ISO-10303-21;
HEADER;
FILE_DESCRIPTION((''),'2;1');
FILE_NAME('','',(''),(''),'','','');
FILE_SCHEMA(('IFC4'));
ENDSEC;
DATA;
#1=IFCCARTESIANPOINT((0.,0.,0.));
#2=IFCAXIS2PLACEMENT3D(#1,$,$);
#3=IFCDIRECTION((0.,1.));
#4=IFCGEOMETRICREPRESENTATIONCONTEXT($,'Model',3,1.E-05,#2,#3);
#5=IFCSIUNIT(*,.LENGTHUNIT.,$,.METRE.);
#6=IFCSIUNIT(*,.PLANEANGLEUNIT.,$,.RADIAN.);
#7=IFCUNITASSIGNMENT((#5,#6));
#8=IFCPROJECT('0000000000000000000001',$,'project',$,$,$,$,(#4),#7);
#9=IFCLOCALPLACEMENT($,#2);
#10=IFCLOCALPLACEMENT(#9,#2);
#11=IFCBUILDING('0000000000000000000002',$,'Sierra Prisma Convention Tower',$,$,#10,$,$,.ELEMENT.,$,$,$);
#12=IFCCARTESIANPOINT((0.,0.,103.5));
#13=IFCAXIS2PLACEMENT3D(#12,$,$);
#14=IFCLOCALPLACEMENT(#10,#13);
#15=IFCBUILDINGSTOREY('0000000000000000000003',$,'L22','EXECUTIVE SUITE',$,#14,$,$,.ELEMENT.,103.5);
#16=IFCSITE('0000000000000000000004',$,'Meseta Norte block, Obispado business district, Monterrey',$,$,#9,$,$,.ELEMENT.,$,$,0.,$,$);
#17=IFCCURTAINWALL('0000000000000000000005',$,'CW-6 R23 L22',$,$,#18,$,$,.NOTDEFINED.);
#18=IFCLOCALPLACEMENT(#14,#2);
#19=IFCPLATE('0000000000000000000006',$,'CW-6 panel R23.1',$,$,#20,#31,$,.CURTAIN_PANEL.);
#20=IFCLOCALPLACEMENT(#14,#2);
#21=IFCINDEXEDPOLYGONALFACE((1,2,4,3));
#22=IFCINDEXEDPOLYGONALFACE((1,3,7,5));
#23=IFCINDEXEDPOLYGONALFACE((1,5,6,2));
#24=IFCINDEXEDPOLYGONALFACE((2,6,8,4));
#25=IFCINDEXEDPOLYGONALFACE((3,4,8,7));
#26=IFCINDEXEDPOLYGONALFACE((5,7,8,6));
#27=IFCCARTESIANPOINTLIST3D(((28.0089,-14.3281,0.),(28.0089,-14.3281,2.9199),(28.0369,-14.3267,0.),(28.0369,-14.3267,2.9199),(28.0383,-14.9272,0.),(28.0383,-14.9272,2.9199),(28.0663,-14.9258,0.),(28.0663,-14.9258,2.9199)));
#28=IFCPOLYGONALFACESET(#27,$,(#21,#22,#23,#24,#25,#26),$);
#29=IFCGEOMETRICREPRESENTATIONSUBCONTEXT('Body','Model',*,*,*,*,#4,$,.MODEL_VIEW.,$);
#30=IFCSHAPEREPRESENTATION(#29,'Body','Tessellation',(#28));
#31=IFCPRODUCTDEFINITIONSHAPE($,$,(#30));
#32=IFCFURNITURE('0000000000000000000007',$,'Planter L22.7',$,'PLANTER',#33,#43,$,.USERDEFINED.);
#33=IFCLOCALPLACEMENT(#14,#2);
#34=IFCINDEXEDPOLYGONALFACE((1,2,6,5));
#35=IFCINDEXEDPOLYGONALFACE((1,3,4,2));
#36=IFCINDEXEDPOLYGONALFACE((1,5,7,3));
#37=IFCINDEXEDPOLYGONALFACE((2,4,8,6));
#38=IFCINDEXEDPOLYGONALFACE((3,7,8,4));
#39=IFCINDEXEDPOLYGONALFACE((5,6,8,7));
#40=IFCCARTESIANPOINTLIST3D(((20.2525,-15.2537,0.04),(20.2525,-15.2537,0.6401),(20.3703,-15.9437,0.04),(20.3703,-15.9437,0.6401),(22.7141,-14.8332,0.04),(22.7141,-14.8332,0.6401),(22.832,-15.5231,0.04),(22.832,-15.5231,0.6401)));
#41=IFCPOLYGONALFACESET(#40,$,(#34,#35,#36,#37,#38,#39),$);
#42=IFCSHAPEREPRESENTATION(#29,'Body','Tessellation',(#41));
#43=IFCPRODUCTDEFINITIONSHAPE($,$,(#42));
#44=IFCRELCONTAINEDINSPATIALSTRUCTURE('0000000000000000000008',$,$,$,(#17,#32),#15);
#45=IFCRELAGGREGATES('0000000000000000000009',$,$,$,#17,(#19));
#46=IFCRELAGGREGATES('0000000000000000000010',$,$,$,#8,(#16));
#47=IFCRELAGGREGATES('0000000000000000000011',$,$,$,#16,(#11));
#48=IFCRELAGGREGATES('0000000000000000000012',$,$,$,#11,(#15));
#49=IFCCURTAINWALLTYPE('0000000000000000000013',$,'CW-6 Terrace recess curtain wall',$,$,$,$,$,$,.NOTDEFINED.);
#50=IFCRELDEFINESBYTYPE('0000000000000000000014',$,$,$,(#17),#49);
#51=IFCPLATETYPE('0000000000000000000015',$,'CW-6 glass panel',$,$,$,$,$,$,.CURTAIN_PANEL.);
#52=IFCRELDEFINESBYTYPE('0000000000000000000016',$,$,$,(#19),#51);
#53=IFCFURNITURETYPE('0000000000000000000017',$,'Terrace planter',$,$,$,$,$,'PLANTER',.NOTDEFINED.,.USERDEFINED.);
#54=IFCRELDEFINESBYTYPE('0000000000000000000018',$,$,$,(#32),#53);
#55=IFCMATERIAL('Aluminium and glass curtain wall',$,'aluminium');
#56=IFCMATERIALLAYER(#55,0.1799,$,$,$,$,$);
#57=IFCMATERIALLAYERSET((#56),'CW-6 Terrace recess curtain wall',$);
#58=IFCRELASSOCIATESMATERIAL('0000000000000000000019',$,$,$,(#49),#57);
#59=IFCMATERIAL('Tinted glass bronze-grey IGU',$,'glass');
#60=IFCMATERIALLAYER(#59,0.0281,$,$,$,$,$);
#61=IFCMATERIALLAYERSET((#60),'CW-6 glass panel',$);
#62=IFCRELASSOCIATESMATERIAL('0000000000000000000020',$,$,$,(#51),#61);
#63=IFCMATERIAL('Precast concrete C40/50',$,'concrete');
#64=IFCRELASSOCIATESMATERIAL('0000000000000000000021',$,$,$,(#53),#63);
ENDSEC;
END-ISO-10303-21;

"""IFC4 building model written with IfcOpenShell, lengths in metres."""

from ifc_helpers import new_model, si_unit, direction, frame, origin, origin_2d, place, context, subcontext, project, spatial, rectangle, extrude, material, layer, layer_set, type_object, element, aggregate, save


model = new_model("IFC4")

# Units and contexts
model_context = context("Model", 3, precision=1e-05, world=origin(), true_north=direction((0.0, 1.0)))
body_context = subcontext(model_context, "Body", "Model", "MODEL_VIEW")
ifc_project = project(units=[si_unit("LENGTHUNIT", "METRE"), si_unit("PLANEANGLEUNIT", "RADIAN")], contexts=[model_context])

# Site, building, storey
site_placement = place(None, origin())
site = spatial("IfcSite", under=ifc_project, at=site_placement, Name="Meseta Norte block, Obispado business district, Monterrey", CompositionType="ELEMENT", RefElevation=0.0)
building_placement = place(site_placement, origin())
building = spatial("IfcBuilding", under=site, at=building_placement, Name="Sierra Prisma Convention Tower", CompositionType="ELEMENT")
storey_placement = place(building_placement, frame((0.0, 0.0, 103.5)))
storey = spatial("IfcBuildingStorey", under=building, at=storey_placement, Name="L22", Description="EXECUTIVE SUITE", CompositionType="ELEMENT", Elevation=103.5)

# Curtain wall
ifc_material_1 = material(Name="Aluminium and glass curtain wall", Category="aluminium")
ifc_layer_1 = layer(ifc_material_1, 0.1799)
ifc_layer_set_1 = layer_set([ifc_layer_1], Name="CW-6 Terrace recess curtain wall")
curtain_wall_type = type_object("IfcCurtainWallType", Name="CW-6 Terrace recess curtain wall", PredefinedType="NOTDEFINED", material=ifc_layer_set_1)
curtain_wall_1_placement = place(storey_placement, origin())
curtain_wall_1 = element("IfcCurtainWall", 1, at=curtain_wall_1_placement, inside=storey, type_object=curtain_wall_type, Name="CW-6 R23 L22", PredefinedType="NOTDEFINED")

# Plate
ifc_material_2 = material(Name="Tinted glass bronze-grey IGU", Category="glass")
ifc_layer_2 = layer(ifc_material_2, 0.0281)
ifc_layer_set_2 = layer_set([ifc_layer_2], Name="CW-6 glass panel")
plate_type = type_object("IfcPlateType", Name="CW-6 glass panel", PredefinedType="CURTAIN_PANEL", material=ifc_layer_set_2)
plate_1_placement = place(storey_placement, frame((28.0376, -14.627, 0.0), z_axis=(0.0, 0.0, 1.0), x_axis=(-0.049068, 0.998795, 0.0)))
plate_1 = element("IfcPlate", 2, at=plate_1_placement, type_object=plate_type, Name="CW-6 panel R23.1", PredefinedType="CURTAIN_PANEL", context=body_context, shape_type="SweptSolid", body=[
    extrude(rectangle(XDim=0.5999, YDim=0.0281, at=origin_2d()), origin(), (0.0, 0.0, 1.0), 2.9199),
])
aggregate(curtain_wall_1, [plate_1])

# Furniture
ifc_material_3 = material(Name="Precast concrete C40/50", Category="concrete")
furniture_type = type_object("IfcFurnitureType", Name="Terrace planter", ElementType="PLANTER", AssemblyPlace="NOTDEFINED", PredefinedType="USERDEFINED", material=ifc_material_3)
furniture_placement = place(storey_placement, frame((21.5422, -15.3884, 0.04), z_axis=(0.0, 0.0, 1.0), x_axis=(0.985719, 0.168396, 0.0)))
element("IfcFurniture", 3, at=furniture_placement, inside=storey, type_object=furniture_type, Name="Planter L22.7", ObjectType="PLANTER", PredefinedType="USERDEFINED", context=body_context, shape_type="SweptSolid", body=[
    extrude(rectangle(XDim=2.4973, YDim=0.7, at=origin_2d()), origin(), (0.0, 0.0, 1.0), 0.6001),
])

save(model, "model.ifc")
